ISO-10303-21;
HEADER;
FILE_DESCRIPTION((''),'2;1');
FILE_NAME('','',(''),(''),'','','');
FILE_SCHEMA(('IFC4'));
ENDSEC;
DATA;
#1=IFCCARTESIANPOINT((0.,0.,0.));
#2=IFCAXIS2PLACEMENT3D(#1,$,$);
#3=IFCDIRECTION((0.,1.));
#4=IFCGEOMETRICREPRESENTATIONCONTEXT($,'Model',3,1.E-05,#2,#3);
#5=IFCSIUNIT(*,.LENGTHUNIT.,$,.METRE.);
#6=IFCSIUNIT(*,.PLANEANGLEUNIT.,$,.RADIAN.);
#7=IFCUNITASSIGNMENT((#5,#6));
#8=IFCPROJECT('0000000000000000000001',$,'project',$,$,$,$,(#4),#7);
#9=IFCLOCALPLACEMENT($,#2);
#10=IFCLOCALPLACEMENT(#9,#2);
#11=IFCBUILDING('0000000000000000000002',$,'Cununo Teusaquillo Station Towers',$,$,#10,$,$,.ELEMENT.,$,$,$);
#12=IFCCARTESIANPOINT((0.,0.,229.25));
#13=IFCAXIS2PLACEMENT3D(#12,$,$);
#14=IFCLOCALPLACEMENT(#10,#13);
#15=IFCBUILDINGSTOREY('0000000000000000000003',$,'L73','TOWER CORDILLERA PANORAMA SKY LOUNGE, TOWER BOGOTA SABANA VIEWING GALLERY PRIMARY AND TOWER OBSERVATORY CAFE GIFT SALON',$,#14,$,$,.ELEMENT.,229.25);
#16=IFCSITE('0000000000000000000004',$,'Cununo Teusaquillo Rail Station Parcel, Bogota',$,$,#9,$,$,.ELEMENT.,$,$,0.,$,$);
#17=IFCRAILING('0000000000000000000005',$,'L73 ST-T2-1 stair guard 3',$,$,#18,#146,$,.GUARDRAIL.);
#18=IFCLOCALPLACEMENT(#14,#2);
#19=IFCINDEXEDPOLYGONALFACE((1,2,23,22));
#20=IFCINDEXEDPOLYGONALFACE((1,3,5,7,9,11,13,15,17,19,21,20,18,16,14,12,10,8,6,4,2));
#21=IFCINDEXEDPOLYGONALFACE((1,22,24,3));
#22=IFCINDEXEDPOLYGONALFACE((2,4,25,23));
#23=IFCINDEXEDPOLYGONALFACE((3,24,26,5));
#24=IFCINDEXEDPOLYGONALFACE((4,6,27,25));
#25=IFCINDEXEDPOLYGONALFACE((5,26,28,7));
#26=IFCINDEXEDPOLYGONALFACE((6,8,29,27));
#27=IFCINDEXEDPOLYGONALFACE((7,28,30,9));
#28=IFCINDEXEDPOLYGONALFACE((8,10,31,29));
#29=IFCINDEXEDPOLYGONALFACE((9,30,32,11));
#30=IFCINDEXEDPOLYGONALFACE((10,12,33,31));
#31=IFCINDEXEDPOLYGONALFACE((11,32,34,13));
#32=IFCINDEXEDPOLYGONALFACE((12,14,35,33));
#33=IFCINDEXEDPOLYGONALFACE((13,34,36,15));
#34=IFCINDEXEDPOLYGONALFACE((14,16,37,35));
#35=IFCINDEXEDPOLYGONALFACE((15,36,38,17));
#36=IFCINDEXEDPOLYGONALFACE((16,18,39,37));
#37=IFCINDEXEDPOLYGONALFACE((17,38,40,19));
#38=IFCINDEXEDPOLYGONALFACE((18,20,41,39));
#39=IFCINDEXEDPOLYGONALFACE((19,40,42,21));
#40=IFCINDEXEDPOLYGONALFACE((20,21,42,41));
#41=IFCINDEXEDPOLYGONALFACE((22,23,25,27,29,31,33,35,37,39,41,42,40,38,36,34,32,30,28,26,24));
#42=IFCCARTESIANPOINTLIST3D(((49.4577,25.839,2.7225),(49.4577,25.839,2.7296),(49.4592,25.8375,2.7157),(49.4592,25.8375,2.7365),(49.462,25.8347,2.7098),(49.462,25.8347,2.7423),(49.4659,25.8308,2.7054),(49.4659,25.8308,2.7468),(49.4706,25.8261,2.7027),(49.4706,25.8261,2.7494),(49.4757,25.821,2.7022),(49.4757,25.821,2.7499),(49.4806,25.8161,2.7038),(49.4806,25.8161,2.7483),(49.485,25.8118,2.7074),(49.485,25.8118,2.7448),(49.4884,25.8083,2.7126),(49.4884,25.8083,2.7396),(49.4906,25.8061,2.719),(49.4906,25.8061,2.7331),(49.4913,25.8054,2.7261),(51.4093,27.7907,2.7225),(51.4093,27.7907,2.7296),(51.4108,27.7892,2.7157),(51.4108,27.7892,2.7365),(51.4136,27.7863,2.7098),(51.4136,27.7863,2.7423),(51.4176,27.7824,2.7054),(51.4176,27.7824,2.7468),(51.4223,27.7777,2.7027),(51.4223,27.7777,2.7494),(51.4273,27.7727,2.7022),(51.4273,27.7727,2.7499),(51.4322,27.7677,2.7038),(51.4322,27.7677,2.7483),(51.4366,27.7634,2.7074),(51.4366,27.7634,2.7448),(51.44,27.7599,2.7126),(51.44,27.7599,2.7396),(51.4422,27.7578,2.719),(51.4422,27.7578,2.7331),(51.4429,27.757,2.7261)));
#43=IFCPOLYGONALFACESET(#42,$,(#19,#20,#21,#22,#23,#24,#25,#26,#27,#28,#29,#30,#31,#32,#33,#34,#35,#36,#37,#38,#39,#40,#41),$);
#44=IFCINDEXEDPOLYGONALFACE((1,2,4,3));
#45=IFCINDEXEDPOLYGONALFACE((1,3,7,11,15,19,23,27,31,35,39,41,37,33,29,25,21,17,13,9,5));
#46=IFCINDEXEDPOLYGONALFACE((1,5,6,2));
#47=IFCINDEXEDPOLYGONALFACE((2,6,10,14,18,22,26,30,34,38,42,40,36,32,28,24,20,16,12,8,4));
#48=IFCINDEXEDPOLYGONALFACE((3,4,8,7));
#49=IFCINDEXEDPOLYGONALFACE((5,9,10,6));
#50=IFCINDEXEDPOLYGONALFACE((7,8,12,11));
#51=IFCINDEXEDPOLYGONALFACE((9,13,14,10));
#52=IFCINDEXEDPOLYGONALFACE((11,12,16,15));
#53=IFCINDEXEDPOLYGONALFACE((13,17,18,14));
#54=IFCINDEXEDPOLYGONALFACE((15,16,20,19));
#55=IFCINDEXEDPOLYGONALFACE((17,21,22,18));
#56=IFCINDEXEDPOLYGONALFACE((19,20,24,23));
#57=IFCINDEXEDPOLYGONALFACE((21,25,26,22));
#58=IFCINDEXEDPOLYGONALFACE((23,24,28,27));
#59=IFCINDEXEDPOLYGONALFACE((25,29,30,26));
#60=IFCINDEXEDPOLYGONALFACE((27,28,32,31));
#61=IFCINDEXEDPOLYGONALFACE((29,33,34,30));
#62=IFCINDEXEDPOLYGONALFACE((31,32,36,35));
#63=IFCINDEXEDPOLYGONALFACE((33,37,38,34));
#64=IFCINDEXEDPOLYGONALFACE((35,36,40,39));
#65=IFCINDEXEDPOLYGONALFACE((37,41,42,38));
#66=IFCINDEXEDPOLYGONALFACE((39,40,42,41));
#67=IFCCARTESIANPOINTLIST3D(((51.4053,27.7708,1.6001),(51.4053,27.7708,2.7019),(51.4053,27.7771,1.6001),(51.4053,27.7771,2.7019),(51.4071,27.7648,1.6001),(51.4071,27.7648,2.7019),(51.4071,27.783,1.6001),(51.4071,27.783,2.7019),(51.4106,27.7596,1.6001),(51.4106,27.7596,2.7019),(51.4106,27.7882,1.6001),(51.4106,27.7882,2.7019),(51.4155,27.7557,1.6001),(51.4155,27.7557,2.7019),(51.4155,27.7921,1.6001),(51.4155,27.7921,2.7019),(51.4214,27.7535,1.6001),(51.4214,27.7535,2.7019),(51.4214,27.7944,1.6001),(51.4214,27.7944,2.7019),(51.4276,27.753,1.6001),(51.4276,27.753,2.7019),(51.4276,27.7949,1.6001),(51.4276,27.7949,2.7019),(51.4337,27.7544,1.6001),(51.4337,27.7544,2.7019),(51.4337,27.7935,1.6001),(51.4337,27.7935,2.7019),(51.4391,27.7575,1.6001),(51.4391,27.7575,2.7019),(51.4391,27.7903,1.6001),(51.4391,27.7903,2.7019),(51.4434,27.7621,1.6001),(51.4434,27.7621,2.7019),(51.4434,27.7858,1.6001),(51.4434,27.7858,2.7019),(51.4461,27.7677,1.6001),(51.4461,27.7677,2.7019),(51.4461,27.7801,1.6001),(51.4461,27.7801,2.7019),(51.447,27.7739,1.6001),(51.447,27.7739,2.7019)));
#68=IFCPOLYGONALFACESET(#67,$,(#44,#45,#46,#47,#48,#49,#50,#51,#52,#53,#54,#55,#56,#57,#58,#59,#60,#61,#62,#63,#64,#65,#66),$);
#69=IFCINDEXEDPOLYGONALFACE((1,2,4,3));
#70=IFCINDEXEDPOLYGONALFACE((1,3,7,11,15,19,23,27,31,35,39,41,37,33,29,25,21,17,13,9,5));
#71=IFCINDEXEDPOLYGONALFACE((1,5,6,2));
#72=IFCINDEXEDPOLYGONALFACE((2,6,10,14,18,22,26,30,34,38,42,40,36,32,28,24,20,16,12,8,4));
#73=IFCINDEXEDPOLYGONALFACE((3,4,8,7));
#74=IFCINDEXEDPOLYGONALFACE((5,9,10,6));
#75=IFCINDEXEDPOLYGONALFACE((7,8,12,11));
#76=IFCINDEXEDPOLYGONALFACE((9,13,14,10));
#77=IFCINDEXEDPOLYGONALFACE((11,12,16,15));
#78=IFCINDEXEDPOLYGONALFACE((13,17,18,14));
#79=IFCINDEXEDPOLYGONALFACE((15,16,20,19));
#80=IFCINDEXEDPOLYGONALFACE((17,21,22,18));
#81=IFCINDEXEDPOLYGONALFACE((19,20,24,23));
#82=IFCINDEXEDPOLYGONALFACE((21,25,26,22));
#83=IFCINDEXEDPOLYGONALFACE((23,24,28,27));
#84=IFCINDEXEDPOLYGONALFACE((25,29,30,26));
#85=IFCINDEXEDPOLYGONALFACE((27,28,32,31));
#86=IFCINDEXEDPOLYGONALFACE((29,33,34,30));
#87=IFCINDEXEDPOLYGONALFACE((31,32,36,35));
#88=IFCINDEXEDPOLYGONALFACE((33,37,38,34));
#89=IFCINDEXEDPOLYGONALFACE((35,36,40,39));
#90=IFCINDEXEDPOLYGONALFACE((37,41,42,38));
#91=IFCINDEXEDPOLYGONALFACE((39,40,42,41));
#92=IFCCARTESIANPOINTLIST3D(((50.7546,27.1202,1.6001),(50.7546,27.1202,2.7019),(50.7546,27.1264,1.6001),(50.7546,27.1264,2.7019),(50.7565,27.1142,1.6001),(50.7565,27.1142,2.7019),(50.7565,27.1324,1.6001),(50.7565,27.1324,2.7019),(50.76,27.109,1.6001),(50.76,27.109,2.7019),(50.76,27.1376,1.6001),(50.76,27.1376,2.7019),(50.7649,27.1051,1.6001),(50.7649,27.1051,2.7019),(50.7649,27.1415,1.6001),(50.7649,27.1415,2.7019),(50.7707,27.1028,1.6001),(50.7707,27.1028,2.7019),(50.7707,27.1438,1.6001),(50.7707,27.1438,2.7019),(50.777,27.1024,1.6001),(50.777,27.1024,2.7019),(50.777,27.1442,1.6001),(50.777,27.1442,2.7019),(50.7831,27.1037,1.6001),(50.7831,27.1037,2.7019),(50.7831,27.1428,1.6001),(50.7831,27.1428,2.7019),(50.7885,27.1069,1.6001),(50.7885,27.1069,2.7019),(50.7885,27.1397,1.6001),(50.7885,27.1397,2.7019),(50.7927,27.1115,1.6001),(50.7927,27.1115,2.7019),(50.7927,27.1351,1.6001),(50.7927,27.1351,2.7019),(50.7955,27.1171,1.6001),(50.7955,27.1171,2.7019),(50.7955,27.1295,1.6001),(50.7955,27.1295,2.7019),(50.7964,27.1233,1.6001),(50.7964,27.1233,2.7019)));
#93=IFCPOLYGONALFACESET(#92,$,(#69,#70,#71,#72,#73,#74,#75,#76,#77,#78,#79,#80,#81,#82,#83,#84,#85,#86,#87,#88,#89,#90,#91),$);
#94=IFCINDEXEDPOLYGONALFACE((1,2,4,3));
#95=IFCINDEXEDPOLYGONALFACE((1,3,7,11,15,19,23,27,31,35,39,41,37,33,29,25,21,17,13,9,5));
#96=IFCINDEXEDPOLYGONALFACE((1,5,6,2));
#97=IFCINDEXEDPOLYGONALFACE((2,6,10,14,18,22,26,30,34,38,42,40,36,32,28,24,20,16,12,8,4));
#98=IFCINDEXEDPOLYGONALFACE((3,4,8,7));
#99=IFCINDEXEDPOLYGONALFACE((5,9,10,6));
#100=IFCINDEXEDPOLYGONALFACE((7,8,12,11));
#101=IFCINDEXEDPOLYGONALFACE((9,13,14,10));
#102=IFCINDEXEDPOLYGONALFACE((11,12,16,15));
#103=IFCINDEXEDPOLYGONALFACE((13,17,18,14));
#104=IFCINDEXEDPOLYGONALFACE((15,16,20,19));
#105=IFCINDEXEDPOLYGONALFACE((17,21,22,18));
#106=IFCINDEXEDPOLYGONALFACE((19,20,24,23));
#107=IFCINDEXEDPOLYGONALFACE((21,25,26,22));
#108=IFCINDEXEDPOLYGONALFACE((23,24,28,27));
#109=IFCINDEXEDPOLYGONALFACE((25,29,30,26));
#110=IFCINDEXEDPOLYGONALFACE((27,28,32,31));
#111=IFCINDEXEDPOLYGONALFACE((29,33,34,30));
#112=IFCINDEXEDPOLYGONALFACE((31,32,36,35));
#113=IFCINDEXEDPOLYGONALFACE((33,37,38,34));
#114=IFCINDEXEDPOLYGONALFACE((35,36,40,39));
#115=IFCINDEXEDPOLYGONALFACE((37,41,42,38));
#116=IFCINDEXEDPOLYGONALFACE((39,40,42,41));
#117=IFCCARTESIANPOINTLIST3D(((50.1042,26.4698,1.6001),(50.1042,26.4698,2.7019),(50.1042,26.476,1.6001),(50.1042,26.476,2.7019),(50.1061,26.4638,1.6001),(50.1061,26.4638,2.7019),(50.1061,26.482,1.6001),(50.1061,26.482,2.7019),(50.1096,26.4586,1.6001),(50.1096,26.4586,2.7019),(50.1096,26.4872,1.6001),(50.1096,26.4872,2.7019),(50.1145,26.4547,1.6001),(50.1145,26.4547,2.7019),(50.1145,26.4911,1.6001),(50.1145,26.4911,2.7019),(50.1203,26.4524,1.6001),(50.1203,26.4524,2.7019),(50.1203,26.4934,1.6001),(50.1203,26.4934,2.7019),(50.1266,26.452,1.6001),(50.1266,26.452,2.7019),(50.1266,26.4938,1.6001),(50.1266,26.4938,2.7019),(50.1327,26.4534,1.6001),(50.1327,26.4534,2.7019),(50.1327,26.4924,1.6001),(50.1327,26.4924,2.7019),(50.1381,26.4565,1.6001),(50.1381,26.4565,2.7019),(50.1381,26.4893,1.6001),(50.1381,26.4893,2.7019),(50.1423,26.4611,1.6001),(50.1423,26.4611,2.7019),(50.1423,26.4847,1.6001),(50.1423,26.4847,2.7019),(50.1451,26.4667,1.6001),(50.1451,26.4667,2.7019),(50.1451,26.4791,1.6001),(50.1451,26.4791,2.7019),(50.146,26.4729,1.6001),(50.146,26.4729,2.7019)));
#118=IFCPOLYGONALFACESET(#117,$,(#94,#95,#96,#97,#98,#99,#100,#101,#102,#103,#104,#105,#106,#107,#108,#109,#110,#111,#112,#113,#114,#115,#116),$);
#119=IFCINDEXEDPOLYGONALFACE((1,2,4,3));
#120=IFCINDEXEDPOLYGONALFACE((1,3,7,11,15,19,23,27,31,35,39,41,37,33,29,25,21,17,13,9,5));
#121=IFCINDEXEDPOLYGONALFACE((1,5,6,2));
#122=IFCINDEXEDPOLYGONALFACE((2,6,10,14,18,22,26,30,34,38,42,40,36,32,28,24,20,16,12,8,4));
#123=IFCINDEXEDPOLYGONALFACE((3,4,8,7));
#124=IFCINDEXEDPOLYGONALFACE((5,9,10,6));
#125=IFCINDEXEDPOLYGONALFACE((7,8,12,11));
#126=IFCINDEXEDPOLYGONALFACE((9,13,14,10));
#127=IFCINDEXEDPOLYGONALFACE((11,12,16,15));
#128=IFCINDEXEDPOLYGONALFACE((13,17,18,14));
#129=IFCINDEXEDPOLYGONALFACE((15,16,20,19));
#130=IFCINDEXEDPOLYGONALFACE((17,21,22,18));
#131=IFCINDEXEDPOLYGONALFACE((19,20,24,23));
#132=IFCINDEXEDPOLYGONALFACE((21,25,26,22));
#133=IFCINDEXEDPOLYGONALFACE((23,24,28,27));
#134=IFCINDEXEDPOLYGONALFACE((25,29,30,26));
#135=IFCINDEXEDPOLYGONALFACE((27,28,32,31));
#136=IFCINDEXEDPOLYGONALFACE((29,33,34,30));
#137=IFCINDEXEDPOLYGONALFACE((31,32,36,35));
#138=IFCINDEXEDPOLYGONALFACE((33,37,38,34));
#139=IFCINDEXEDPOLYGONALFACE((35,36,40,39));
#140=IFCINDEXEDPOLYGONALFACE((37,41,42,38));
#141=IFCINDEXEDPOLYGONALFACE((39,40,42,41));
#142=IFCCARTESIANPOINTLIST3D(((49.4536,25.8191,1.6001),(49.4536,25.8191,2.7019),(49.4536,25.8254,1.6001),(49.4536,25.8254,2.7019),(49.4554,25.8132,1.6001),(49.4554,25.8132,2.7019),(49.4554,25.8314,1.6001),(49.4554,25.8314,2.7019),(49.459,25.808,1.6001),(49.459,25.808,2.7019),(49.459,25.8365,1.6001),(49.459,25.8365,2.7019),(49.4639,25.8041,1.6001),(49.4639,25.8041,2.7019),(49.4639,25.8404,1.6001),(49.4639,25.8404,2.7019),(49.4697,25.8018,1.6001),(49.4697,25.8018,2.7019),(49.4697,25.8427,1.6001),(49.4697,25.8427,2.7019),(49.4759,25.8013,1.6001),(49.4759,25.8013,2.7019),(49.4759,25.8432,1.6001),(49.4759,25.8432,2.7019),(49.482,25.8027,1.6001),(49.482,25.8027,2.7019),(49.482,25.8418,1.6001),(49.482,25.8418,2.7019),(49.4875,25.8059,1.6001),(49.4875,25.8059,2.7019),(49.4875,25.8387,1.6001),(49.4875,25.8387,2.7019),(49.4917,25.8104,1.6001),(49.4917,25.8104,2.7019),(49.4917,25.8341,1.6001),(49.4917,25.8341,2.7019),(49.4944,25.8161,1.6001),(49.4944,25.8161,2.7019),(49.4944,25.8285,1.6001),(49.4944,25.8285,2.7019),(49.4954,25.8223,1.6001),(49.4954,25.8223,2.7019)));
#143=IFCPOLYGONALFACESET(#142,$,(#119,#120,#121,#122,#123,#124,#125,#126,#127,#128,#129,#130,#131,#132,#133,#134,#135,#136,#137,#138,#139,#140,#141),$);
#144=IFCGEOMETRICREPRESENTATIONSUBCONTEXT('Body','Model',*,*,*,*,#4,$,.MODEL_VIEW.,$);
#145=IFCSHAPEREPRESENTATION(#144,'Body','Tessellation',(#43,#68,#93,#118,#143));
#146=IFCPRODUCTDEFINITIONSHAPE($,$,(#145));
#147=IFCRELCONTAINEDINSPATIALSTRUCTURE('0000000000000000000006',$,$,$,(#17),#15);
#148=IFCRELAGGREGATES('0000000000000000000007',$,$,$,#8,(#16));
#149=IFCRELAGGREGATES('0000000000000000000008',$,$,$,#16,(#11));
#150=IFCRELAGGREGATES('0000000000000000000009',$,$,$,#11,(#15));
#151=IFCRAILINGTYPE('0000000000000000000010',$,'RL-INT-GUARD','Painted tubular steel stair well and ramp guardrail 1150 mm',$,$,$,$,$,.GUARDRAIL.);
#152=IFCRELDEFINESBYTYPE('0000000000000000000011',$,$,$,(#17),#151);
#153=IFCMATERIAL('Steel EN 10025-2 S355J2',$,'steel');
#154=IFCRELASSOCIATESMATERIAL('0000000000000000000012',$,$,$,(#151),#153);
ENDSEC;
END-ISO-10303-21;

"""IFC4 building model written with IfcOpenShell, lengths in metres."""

from ifc_helpers import new_model, si_unit, direction, frame, origin, origin_2d, place, context, subcontext, project, spatial, circle, extrude, material, type_object, element, save


model = new_model("IFC4")

# Units and contexts
model_context = context("Model", 3, precision=1e-05, world=origin(), true_north=direction((0.0, 1.0)))
body_context = subcontext(model_context, "Body", "Model", "MODEL_VIEW")
ifc_project = project(units=[si_unit("LENGTHUNIT", "METRE"), si_unit("PLANEANGLEUNIT", "RADIAN")], contexts=[model_context])

# Site, building, storey
site_placement = place(None, origin())
site = spatial("IfcSite", under=ifc_project, at=site_placement, Name="Cununo Teusaquillo Rail Station Parcel, Bogota", CompositionType="ELEMENT", RefElevation=0.0)
building_placement = place(site_placement, origin())
building = spatial("IfcBuilding", under=site, at=building_placement, Name="Cununo Teusaquillo Station Towers", CompositionType="ELEMENT")
storey_placement = place(building_placement, frame((0.0, 0.0, 229.25)))
storey = spatial("IfcBuildingStorey", under=building, at=storey_placement, Name="L73", Description="TOWER CORDILLERA PANORAMA SKY LOUNGE, TOWER BOGOTA SABANA VIEWING GALLERY PRIMARY AND TOWER OBSERVATORY CAFE GIFT SALON", CompositionType="ELEMENT", Elevation=229.25)

# Railing
ifc_material_1 = material(Name="Steel EN 10025-2 S355J2", Category="steel")
railing_type = type_object("IfcRailingType", Name="RL-INT-GUARD", Description="Painted tubular steel stair well and ramp guardrail 1150 mm", PredefinedType="GUARDRAIL", material=ifc_material_1)
railing_placement = place(storey_placement, frame((51.426, 27.7739, 1.6001)))
element("IfcRailing", 1, at=railing_placement, inside=storey, type_object=railing_type, Name="L73 ST-T2-1 stair guard 3", PredefinedType="GUARDRAIL", context=body_context, shape_type="SweptSolid", body=[
    extrude(circle(Radius=0.0239, at=origin_2d()), frame((0.0, 0.0, 1.126), z_axis=(-0.707107, -0.707107, 0.0), x_axis=(0.707107, -0.707107, 0.0)), (0.0, 0.0, 1.0), 2.76),
    extrude(circle(Radius=0.021, at=origin_2d()), origin(), (0.0, 0.0, 1.0), 1.1018),
    extrude(circle(Radius=0.021, at=origin_2d()), frame((-0.6506, -0.6506, 0.0)), (0.0, 0.0, 1.0), 1.1018),
    extrude(circle(Radius=0.021, at=origin_2d()), frame((-1.301, -1.301, 0.0)), (0.0, 0.0, 1.0), 1.1018),
    extrude(circle(Radius=0.021, at=origin_2d()), frame((-1.9517, -1.9517, 0.0)), (0.0, 0.0, 1.0), 1.1018),
])

save(model, "model.ifc")
